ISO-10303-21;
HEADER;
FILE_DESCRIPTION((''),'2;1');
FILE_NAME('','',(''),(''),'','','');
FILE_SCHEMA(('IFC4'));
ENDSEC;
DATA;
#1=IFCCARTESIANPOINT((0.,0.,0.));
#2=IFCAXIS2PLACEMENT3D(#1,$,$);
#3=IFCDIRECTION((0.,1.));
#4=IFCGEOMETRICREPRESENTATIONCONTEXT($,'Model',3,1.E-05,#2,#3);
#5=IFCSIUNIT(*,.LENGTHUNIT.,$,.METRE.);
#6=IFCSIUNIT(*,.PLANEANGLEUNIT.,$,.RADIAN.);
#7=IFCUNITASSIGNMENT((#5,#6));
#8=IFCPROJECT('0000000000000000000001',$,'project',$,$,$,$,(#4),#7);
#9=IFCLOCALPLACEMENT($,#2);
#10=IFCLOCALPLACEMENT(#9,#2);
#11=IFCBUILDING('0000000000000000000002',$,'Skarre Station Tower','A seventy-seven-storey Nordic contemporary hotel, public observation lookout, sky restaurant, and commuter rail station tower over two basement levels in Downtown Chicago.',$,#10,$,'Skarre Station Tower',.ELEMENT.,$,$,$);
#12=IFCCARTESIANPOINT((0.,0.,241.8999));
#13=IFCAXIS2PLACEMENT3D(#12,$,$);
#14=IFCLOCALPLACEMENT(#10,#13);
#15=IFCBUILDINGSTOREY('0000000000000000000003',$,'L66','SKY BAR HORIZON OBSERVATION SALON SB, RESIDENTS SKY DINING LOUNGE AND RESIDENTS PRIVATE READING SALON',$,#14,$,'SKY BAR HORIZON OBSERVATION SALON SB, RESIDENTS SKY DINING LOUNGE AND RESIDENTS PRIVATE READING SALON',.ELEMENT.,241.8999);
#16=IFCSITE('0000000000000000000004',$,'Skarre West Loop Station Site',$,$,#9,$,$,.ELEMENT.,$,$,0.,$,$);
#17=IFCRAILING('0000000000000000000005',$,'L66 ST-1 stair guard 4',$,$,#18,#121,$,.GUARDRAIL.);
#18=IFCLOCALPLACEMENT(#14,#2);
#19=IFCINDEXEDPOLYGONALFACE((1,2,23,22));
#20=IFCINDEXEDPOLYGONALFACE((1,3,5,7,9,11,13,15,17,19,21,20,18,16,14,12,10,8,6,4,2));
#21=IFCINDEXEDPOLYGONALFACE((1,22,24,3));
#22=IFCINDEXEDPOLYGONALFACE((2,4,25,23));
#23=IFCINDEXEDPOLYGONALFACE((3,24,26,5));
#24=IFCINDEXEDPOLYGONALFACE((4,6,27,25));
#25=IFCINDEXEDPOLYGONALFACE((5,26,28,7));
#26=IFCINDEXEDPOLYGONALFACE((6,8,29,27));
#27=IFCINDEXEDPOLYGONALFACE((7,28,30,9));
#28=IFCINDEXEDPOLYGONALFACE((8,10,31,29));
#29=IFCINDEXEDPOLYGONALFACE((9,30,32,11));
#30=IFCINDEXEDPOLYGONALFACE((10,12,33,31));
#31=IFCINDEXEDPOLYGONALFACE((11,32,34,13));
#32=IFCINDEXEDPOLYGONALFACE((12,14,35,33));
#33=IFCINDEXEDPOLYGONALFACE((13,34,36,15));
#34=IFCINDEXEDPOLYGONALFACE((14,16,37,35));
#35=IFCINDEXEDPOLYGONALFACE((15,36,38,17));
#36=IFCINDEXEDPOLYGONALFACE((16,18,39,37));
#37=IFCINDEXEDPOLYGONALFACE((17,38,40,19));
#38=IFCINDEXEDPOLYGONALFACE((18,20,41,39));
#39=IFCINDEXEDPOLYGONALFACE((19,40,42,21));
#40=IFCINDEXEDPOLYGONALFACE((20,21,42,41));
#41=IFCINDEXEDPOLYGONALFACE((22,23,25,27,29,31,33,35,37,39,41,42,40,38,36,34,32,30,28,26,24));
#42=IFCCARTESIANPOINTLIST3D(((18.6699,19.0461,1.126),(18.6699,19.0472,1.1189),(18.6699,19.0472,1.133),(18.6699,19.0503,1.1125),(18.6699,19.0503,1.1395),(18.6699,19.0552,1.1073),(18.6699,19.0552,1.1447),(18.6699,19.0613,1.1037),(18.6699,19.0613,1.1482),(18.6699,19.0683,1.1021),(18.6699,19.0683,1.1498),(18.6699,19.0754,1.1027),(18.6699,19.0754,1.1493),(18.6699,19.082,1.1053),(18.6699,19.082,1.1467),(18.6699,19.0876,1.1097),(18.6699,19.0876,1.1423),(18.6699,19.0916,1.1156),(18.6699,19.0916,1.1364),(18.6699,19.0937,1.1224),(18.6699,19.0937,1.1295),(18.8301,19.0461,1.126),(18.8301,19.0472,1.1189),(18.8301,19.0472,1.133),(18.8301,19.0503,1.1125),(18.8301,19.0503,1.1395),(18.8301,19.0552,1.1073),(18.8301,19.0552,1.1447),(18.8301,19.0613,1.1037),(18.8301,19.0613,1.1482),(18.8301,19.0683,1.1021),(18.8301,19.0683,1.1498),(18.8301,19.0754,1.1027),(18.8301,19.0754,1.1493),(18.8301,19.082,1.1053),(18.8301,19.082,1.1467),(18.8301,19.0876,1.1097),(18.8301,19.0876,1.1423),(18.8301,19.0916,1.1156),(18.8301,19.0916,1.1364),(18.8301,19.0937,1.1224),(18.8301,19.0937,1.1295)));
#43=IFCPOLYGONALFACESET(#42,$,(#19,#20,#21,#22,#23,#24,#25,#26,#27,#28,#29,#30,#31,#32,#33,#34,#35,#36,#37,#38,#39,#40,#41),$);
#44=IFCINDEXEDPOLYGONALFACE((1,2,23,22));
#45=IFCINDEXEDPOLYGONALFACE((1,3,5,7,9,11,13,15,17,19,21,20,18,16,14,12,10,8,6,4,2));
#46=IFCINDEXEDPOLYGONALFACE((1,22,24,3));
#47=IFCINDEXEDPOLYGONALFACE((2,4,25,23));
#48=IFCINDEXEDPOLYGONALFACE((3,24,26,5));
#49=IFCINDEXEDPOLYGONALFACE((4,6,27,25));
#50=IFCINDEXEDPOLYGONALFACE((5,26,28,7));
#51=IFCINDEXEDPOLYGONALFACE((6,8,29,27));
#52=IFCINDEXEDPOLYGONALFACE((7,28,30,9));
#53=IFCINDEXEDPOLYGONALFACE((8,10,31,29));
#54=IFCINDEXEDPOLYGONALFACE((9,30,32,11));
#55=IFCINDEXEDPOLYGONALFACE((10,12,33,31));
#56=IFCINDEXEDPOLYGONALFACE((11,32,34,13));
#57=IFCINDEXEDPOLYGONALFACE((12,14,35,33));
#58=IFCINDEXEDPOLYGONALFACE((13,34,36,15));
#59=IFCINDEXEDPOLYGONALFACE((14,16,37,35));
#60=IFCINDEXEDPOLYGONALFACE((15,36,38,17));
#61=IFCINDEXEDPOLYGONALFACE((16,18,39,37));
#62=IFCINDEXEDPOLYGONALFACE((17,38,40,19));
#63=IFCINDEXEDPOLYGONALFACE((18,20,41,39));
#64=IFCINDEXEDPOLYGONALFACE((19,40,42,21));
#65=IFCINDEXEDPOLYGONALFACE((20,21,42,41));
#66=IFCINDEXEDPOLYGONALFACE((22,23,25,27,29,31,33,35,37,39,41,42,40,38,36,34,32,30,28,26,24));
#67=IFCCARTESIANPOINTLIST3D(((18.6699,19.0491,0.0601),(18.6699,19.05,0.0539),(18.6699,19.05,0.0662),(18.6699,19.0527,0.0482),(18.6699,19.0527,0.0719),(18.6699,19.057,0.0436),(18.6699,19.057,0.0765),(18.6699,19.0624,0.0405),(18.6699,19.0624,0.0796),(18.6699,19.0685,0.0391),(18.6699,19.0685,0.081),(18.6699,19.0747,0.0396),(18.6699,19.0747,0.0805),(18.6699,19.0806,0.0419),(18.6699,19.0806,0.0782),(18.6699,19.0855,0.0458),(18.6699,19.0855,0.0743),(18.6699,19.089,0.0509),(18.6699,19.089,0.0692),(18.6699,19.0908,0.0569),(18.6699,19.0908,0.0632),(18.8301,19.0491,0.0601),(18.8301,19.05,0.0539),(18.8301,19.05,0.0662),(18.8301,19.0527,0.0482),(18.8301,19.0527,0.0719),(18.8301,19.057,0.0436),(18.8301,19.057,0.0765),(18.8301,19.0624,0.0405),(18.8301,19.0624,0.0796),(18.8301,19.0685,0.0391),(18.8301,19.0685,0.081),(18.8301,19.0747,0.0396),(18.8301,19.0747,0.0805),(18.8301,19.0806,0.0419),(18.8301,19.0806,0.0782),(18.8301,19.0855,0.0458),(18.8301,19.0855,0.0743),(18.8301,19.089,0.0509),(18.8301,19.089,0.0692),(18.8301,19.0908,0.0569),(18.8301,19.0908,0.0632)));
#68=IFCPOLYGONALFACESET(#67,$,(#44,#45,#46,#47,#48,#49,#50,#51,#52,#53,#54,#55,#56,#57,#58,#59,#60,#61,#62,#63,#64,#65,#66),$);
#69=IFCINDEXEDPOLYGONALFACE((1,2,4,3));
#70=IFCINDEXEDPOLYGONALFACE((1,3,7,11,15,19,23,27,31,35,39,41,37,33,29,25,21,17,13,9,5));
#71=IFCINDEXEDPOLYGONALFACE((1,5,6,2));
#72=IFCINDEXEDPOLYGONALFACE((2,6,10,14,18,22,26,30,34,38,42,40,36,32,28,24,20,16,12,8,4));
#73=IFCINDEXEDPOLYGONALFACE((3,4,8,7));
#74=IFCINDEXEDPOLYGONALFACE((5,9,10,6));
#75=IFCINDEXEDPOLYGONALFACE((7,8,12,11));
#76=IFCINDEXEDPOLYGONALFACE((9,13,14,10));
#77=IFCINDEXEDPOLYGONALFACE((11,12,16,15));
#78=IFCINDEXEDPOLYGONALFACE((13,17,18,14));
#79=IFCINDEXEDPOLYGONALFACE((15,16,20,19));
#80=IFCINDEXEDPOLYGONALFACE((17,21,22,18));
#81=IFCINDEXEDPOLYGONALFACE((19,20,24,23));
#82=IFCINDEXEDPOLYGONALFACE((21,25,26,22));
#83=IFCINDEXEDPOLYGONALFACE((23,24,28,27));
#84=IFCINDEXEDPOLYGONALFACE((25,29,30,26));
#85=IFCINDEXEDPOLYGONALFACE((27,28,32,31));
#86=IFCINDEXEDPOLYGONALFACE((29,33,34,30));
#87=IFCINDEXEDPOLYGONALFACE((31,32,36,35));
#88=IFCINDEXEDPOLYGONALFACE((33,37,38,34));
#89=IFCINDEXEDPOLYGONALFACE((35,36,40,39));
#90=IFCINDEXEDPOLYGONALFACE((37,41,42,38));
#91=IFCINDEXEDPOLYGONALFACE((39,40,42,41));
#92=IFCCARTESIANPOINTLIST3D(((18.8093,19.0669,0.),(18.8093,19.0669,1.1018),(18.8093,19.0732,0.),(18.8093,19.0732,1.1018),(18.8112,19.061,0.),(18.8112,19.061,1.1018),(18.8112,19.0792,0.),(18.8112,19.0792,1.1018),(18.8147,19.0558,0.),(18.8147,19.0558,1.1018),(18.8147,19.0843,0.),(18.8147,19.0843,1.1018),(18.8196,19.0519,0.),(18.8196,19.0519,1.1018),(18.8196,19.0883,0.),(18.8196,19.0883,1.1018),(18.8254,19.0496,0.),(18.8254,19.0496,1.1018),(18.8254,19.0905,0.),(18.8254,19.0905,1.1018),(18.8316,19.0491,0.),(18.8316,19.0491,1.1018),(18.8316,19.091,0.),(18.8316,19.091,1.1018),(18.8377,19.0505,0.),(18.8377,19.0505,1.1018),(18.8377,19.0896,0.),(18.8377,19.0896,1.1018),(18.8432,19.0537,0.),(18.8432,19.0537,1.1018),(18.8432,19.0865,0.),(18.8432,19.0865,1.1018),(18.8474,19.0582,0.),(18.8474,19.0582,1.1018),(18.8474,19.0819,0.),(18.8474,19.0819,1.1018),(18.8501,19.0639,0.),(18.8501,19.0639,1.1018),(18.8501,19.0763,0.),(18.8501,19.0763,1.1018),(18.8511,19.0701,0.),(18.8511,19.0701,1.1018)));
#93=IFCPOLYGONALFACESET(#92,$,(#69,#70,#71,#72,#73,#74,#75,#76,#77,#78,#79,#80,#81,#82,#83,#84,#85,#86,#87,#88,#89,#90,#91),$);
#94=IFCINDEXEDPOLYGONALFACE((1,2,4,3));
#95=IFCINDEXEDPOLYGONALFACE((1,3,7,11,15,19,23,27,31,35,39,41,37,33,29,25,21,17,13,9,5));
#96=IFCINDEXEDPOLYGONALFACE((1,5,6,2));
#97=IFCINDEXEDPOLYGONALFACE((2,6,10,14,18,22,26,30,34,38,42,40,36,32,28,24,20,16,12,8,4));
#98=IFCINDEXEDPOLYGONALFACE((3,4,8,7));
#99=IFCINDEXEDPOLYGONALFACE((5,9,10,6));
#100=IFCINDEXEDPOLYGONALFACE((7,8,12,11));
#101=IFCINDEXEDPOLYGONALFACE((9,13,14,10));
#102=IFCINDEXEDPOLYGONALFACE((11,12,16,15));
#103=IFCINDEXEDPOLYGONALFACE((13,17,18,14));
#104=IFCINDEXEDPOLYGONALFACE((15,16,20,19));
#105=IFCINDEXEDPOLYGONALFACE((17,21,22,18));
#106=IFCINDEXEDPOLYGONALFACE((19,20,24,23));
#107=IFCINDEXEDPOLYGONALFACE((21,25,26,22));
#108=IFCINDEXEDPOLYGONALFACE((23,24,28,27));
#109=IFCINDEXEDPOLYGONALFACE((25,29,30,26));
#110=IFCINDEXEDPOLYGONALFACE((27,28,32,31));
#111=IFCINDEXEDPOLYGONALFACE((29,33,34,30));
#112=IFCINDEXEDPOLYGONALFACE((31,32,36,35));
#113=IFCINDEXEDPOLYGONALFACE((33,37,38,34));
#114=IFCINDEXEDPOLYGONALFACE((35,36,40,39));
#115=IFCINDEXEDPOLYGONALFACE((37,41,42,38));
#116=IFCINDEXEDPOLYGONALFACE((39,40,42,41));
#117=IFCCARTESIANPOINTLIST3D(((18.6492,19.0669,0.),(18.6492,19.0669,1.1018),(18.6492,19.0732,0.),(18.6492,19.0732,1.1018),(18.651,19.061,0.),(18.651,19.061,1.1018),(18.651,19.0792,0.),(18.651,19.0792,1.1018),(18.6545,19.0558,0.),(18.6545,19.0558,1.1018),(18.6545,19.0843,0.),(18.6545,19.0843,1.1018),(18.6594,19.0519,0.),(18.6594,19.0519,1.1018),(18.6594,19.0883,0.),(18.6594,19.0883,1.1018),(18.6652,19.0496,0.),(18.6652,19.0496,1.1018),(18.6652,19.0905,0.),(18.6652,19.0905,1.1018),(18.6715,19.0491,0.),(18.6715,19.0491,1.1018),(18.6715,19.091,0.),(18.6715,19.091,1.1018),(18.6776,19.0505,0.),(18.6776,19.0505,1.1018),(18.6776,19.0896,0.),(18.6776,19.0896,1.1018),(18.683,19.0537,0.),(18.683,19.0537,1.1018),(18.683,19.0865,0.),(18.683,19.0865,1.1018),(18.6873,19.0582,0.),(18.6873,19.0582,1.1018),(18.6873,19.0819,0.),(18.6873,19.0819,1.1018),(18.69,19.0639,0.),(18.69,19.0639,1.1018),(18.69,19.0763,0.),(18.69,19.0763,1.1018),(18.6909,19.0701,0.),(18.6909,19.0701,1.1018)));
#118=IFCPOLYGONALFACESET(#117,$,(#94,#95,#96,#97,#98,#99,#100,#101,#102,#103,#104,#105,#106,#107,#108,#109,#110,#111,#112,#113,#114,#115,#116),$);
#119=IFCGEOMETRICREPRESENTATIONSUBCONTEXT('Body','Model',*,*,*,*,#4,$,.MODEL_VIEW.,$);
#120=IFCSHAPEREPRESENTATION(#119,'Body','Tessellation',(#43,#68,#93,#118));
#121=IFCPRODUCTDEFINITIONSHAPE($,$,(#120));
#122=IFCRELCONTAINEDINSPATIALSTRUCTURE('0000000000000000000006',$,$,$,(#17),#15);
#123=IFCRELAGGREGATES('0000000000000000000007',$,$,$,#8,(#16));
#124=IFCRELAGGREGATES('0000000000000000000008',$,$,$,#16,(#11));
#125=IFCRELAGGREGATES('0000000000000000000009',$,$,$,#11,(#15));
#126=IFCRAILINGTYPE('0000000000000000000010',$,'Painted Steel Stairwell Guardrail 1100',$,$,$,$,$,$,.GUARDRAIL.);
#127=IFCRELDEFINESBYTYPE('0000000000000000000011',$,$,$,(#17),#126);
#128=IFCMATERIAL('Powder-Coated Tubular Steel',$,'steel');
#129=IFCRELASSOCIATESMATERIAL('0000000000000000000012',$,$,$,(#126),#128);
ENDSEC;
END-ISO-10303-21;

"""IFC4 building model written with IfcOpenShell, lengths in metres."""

from ifc_helpers import new_model, si_unit, direction, frame, origin, origin_2d, place, context, subcontext, project, spatial, circle, extrude, material, type_object, element, save


model = new_model("IFC4")

# Units and contexts
model_context = context("Model", 3, precision=1e-05, world=origin(), true_north=direction((0.0, 1.0)))
body_context = subcontext(model_context, "Body", "Model", "MODEL_VIEW")
ifc_project = project(units=[si_unit("LENGTHUNIT", "METRE"), si_unit("PLANEANGLEUNIT", "RADIAN")], contexts=[model_context])

# Site, building, storey
site_placement = place(None, origin())
site = spatial("IfcSite", under=ifc_project, at=site_placement, Name="Skarre West Loop Station Site", CompositionType="ELEMENT", RefElevation=0.0)
building_placement = place(site_placement, origin())
building = spatial("IfcBuilding", under=site, at=building_placement, Name="Skarre Station Tower", Description="A seventy-seven-storey Nordic contemporary hotel, public observation lookout, sky restaurant, and commuter rail station tower over two basement levels in Downtown Chicago.", LongName="Skarre Station Tower", CompositionType="ELEMENT")
storey_placement = place(building_placement, frame((0.0, 0.0, 241.8999)))
storey = spatial("IfcBuildingStorey", under=building, at=storey_placement, Name="L66", Description="SKY BAR HORIZON OBSERVATION SALON SB, RESIDENTS SKY DINING LOUNGE AND RESIDENTS PRIVATE READING SALON", LongName="SKY BAR HORIZON OBSERVATION SALON SB, RESIDENTS SKY DINING LOUNGE AND RESIDENTS PRIVATE READING SALON", CompositionType="ELEMENT", Elevation=241.8999)

# Railing
ifc_material_1 = material(Name="Powder-Coated Tubular Steel", Category="steel")
railing_type_1 = type_object("IfcRailingType", Name="Painted Steel Stairwell Guardrail 1100", PredefinedType="GUARDRAIL", material=ifc_material_1)
railing_1_placement = place(storey_placement, frame((18.8301, 19.0701, 0.0)))
element("IfcRailing", 1, at=railing_1_placement, inside=storey, type_object=railing_type_1, Name="L66 ST-1 stair guard 4", PredefinedType="GUARDRAIL", context=body_context, shape_type="SweptSolid", body=[
    extrude(circle(Radius=0.0239, at=origin_2d()), frame((0.0, 0.0, 1.126), z_axis=(-1.0, 0.0, 0.0), x_axis=(0.0, -1.0, 0.0)), (0.0, 0.0, 1.0), 0.1602),
    extrude(circle(Radius=0.021, at=origin_2d()), frame((0.0, 0.0, 0.0601), z_axis=(-1.0, 0.0, 0.0), x_axis=(0.0, -1.0, 0.0)), (0.0, 0.0, 1.0), 0.1602),
    extrude(circle(Radius=0.021, at=origin_2d()), origin(), (0.0, 0.0, 1.0), 1.1018),
    extrude(circle(Radius=0.021, at=origin_2d()), frame((-0.1602, 0.0, 0.0)), (0.0, 0.0, 1.0), 1.1018),
])

save(model, "model.ifc")
